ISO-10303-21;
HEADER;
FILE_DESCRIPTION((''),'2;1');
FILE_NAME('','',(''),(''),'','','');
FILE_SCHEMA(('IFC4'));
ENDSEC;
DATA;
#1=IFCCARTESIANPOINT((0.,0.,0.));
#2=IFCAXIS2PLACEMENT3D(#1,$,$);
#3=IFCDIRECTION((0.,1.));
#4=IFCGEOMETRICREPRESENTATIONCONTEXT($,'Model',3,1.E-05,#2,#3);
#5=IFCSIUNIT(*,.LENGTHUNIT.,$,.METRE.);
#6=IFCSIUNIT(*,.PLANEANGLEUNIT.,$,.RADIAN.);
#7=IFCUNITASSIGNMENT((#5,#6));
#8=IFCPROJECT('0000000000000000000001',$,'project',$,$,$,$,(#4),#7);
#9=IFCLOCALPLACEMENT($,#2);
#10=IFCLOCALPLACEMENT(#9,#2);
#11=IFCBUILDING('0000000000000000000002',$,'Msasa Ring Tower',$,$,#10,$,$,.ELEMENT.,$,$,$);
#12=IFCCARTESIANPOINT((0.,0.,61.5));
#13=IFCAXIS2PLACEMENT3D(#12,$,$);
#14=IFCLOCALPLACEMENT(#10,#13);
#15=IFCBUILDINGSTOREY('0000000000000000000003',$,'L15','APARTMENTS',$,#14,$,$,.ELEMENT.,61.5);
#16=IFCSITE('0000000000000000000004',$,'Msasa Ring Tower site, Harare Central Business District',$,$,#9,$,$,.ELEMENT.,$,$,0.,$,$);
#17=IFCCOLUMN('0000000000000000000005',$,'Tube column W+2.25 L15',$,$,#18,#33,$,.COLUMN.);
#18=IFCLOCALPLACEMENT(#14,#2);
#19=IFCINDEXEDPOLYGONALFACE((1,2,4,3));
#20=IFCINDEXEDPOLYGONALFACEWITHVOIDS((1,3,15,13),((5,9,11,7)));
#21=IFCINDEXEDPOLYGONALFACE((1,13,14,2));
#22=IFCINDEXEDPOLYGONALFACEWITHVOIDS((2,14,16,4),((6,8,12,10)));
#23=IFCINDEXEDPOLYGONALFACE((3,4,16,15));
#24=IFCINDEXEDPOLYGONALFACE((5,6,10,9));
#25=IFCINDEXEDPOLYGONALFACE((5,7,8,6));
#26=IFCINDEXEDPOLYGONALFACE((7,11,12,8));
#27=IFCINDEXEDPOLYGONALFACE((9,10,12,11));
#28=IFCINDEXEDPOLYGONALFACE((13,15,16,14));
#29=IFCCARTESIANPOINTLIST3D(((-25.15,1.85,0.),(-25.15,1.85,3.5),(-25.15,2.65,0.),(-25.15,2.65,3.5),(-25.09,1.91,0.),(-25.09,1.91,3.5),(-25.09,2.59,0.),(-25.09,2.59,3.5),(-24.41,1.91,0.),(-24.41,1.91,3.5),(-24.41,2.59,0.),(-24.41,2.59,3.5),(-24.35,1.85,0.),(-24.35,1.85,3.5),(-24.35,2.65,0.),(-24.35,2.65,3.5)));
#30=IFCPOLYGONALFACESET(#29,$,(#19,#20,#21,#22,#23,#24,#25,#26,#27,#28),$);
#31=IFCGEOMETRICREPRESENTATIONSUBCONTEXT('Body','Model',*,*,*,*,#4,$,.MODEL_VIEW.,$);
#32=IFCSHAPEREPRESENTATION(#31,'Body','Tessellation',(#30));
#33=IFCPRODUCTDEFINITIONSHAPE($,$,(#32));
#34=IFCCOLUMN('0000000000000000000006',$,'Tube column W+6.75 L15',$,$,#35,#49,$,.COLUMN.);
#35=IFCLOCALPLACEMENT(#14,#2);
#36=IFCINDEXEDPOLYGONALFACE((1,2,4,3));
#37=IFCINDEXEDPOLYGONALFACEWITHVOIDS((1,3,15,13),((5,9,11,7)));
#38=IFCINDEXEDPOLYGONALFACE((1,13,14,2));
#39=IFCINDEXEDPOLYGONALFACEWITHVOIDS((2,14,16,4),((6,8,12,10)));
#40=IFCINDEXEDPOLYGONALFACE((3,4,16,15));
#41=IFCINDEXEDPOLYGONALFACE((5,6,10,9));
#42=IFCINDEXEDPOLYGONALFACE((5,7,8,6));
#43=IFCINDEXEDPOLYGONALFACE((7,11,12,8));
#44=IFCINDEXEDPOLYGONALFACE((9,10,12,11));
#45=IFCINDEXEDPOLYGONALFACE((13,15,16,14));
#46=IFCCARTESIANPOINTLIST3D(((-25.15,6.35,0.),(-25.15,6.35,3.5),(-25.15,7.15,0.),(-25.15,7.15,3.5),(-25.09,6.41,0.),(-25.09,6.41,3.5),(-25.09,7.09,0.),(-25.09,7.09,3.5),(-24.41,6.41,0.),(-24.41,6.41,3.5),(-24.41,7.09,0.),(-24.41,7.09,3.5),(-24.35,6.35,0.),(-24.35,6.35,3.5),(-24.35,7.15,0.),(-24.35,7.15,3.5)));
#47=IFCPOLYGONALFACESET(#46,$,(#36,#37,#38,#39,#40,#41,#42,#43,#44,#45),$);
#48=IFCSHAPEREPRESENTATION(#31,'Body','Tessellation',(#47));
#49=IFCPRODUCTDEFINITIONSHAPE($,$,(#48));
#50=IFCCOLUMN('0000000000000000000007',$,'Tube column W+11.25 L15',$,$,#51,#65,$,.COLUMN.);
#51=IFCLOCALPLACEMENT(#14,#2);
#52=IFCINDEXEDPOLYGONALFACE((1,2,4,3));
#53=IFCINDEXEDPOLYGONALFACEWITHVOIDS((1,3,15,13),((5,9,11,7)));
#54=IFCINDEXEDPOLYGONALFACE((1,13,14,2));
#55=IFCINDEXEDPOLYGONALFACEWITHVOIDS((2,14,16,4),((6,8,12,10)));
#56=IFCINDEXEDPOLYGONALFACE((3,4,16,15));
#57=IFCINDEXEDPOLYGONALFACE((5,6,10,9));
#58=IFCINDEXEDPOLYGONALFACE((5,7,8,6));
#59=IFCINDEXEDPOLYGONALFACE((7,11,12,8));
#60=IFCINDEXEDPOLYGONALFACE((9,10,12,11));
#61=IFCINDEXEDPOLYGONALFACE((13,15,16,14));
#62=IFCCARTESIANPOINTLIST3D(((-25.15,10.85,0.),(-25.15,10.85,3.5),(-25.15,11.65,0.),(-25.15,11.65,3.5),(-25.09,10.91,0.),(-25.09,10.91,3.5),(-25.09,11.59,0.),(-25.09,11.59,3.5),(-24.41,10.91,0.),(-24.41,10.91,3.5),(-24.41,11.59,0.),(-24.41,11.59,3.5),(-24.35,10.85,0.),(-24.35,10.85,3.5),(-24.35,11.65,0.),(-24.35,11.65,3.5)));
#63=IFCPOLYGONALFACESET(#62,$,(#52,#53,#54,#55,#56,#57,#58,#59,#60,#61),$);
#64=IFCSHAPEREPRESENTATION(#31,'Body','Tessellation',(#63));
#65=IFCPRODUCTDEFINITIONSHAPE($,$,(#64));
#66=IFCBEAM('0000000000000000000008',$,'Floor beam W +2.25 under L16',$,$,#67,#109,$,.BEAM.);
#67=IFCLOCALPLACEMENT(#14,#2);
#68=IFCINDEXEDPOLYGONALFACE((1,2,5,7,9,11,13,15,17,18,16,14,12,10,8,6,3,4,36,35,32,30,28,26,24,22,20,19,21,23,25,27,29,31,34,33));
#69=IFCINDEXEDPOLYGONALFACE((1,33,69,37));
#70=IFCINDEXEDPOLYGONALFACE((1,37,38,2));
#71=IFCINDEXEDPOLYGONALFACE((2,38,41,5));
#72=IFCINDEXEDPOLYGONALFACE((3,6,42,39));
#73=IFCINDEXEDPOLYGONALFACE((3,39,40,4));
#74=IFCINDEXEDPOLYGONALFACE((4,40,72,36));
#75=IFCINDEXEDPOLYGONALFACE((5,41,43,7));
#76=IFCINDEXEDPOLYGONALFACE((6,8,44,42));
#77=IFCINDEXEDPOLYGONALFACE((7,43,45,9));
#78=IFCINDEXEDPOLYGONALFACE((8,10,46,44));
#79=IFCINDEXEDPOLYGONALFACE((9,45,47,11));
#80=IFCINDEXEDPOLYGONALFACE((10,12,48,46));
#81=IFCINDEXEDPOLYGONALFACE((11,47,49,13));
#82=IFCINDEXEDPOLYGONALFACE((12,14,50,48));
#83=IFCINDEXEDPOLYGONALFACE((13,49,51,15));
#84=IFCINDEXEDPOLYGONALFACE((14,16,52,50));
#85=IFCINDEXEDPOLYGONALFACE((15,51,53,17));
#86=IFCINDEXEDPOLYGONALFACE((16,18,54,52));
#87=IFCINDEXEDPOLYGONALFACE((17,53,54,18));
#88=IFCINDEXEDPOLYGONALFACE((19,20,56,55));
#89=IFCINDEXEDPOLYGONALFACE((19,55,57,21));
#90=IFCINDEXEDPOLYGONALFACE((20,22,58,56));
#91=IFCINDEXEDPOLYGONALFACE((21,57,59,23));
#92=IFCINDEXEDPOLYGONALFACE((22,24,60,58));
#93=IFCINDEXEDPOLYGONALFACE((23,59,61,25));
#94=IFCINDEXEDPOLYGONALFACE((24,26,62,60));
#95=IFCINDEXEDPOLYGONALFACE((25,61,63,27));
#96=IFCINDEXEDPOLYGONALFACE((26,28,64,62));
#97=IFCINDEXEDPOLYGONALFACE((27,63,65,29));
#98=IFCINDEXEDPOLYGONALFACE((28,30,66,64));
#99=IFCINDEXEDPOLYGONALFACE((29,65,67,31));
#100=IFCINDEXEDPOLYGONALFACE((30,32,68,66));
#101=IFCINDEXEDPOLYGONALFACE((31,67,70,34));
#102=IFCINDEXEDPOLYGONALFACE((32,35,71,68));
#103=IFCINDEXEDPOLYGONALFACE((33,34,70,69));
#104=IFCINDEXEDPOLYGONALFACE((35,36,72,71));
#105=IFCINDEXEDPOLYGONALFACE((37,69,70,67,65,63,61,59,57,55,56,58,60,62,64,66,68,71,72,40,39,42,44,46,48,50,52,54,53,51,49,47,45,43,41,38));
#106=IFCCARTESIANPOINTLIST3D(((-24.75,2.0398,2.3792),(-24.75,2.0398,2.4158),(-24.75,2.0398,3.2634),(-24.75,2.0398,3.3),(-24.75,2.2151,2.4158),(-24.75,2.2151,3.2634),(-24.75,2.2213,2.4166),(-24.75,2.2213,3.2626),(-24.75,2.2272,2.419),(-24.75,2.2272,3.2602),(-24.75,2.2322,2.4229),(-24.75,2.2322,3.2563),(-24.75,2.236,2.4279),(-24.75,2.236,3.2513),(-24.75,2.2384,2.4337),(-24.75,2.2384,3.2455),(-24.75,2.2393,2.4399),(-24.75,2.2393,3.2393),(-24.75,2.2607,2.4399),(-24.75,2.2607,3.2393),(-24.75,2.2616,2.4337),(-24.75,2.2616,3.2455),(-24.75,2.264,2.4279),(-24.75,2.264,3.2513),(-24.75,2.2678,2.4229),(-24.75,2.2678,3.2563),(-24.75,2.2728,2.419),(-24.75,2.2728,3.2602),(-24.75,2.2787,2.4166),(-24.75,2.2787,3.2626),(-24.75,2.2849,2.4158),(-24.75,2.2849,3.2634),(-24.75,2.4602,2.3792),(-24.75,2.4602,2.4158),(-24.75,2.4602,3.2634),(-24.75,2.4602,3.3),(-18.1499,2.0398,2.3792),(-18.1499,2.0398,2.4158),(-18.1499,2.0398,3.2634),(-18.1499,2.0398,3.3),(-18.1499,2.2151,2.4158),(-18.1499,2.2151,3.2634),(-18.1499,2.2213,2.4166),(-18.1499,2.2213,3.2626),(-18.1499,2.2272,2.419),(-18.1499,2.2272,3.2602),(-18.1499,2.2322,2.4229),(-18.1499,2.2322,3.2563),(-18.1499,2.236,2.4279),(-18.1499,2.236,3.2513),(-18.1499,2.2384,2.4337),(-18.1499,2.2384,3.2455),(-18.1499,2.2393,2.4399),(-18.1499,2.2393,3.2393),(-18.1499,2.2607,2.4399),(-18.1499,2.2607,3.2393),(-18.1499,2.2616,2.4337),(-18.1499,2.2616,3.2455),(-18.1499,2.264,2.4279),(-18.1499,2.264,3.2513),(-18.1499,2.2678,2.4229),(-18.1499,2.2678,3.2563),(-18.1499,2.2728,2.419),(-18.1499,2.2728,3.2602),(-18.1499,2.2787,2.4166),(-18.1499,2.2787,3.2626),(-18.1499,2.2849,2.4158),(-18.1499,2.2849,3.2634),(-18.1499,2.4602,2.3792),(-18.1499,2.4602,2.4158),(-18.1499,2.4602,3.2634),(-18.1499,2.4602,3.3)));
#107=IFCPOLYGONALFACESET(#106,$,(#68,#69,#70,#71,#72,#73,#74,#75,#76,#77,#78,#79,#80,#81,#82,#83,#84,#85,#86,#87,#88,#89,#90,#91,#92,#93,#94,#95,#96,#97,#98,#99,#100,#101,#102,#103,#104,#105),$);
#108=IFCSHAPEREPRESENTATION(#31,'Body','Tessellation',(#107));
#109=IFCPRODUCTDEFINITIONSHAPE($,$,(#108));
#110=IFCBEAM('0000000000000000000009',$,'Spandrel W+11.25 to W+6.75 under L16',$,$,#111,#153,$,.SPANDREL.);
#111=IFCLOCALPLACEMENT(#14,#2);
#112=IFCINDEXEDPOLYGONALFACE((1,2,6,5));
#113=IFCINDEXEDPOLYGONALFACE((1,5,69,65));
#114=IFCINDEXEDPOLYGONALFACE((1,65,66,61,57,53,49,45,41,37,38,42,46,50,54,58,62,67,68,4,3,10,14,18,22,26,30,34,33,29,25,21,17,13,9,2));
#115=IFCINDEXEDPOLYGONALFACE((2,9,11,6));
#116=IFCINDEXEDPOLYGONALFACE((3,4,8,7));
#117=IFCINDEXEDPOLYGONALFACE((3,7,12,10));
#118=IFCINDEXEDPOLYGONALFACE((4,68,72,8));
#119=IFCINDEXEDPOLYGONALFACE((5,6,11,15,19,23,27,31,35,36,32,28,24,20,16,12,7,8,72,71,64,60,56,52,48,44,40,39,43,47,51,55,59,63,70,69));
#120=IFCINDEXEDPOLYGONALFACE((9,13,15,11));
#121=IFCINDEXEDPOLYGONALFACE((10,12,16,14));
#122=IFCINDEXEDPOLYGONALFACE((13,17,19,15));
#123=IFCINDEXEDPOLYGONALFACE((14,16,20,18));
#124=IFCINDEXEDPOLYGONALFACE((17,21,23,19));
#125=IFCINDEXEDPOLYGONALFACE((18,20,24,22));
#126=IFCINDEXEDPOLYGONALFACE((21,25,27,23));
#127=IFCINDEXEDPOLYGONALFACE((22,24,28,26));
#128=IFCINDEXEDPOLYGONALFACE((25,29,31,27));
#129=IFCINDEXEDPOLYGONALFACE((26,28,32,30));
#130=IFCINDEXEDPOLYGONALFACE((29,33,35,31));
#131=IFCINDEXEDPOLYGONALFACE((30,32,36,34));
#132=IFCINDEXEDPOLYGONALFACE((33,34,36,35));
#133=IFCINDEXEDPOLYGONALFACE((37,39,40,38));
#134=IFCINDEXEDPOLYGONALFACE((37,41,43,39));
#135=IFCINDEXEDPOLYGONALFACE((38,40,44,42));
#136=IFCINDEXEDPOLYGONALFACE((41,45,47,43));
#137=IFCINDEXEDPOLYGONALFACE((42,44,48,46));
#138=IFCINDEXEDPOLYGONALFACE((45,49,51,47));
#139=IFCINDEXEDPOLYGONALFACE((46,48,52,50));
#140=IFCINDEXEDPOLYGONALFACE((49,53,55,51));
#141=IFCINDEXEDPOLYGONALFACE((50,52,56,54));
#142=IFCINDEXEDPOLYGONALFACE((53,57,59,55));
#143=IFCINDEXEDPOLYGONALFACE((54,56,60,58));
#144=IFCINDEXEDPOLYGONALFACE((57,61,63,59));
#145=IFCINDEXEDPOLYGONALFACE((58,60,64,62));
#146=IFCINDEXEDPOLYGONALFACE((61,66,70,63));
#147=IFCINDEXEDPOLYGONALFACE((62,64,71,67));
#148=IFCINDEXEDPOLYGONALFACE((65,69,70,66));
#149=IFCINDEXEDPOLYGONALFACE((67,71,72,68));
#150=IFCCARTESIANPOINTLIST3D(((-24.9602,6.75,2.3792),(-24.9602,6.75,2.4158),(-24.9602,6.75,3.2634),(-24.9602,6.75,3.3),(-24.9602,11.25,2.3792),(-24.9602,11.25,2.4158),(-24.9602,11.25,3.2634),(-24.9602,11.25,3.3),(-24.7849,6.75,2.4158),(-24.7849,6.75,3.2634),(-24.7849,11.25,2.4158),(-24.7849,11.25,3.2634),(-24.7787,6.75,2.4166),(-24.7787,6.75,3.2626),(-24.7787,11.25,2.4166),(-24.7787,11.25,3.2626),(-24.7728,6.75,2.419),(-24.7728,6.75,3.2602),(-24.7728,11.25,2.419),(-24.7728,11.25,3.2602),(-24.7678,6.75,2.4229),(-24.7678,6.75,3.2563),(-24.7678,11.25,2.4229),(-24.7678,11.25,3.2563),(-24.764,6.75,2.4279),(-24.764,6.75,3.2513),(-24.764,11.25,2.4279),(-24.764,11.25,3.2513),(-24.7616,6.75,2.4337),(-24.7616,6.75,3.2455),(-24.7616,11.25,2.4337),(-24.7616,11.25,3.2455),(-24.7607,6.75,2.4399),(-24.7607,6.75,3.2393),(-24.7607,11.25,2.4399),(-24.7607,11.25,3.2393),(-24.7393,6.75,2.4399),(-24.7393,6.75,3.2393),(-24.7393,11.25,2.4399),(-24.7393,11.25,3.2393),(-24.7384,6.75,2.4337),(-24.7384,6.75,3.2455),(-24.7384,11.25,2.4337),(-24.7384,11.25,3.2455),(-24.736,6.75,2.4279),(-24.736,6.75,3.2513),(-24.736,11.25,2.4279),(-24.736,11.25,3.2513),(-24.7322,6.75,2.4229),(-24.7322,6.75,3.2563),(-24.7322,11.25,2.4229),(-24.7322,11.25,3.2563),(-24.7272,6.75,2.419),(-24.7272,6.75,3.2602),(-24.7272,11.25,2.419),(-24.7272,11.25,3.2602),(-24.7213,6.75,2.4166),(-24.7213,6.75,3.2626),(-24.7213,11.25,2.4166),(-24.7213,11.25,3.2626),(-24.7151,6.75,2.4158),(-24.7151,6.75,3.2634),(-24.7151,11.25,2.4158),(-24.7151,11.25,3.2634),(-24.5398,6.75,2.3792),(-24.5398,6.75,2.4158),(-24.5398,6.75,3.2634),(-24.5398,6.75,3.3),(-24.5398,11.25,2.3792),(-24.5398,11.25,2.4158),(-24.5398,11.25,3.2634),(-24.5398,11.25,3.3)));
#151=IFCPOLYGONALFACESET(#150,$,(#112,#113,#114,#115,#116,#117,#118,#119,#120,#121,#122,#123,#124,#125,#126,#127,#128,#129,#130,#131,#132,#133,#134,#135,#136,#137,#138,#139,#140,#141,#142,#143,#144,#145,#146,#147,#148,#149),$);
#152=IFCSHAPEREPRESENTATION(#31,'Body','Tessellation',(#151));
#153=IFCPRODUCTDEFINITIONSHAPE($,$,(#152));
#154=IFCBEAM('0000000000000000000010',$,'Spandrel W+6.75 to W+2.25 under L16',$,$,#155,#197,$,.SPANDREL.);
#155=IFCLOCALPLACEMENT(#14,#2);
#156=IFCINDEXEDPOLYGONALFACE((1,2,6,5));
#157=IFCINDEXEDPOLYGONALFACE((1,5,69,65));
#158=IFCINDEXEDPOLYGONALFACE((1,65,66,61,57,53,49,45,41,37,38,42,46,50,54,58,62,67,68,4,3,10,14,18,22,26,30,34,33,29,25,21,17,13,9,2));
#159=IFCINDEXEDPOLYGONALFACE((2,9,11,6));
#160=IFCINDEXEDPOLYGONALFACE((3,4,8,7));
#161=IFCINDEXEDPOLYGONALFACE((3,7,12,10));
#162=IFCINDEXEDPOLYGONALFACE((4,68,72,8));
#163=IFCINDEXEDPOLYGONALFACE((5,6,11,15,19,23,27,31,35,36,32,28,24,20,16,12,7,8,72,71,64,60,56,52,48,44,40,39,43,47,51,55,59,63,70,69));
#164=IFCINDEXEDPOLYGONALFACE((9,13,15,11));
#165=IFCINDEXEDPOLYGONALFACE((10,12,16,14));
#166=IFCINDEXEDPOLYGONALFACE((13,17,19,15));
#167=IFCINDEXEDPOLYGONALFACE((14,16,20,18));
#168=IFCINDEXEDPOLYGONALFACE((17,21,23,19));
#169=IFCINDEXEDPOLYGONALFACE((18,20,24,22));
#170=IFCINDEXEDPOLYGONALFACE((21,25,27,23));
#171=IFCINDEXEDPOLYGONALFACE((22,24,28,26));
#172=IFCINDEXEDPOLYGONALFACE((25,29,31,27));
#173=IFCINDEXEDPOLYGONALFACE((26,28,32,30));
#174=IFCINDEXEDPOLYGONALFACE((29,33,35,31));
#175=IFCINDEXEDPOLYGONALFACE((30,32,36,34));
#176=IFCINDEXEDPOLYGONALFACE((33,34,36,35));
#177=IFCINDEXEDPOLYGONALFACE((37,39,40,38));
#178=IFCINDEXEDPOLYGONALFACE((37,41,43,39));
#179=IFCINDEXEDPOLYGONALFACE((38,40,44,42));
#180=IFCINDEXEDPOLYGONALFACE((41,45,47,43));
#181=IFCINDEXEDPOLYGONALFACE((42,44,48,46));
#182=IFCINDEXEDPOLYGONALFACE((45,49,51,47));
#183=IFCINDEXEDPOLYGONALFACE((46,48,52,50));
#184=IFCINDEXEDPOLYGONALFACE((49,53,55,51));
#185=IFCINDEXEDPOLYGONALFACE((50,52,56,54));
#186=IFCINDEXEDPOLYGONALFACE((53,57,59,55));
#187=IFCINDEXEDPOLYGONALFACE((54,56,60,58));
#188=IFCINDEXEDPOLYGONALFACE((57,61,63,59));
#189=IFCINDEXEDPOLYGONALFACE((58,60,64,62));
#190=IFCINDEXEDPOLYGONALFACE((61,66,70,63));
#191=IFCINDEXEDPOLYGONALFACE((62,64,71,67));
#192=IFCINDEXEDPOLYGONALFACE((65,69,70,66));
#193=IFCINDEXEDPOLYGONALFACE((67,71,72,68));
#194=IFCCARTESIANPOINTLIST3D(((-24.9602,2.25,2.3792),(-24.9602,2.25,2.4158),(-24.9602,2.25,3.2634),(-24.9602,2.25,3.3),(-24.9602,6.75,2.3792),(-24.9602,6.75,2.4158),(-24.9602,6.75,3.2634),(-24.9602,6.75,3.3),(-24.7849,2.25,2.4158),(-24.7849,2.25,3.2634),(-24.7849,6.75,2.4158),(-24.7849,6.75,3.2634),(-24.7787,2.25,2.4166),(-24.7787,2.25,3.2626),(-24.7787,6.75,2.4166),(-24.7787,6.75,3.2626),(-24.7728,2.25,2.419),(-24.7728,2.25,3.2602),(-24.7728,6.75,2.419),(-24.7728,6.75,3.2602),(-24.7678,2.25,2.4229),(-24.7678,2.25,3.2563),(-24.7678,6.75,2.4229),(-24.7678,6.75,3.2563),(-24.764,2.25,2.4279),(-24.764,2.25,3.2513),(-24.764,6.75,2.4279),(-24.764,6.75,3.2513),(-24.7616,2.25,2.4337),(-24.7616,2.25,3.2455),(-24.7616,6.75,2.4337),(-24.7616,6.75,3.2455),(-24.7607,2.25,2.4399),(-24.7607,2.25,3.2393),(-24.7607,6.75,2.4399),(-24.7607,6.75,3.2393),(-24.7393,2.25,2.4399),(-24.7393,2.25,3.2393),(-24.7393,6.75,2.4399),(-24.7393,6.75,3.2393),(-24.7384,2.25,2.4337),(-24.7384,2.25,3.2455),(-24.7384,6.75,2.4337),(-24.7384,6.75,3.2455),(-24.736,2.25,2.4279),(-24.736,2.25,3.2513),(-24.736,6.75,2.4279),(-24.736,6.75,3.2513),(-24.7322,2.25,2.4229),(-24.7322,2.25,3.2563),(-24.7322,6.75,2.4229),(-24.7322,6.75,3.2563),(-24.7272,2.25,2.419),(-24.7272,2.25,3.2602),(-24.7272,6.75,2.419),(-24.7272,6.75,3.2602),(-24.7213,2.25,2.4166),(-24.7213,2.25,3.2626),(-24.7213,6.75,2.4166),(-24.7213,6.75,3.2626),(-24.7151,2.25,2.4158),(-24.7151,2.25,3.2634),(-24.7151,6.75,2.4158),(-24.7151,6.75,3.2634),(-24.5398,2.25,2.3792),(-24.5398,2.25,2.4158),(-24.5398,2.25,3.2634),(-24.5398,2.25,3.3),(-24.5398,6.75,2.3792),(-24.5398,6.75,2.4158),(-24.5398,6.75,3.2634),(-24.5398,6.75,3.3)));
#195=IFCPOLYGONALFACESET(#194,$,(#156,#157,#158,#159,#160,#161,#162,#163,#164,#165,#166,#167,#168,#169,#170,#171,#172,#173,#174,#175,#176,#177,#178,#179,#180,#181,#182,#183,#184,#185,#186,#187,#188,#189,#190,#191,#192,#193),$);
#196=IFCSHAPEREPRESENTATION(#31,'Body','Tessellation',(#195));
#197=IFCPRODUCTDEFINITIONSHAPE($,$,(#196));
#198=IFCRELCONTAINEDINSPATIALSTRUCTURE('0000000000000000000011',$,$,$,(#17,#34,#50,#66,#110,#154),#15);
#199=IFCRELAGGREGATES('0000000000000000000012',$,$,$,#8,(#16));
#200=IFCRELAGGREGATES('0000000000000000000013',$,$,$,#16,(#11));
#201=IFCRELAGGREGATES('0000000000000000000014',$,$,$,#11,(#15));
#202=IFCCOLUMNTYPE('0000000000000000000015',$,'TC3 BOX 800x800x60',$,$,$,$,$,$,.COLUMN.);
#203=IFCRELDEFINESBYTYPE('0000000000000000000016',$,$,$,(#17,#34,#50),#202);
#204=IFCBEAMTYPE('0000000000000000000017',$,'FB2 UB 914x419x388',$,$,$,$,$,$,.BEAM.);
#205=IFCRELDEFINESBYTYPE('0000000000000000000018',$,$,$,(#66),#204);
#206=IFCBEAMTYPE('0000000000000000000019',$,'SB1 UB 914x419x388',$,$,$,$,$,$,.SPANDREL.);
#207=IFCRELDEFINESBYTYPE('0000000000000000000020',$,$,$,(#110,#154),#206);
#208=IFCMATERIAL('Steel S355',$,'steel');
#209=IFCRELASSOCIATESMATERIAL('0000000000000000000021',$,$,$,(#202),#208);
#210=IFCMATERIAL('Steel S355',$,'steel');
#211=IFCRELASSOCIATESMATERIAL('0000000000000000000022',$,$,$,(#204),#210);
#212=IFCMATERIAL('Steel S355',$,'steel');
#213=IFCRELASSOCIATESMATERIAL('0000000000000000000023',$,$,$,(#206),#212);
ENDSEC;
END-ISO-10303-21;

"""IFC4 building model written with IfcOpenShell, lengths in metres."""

from ifc_helpers import new_model, si_unit, direction, frame, origin, origin_2d, place, context, subcontext, project, spatial, hollow_rectangle, i_section, extrude, material, material_profile, profile_set, type_object, element, save


model = new_model("IFC4")

# Units and contexts
model_context = context("Model", 3, precision=1e-05, world=origin(), true_north=direction((0.0, 1.0)))
body_context = subcontext(model_context, "Body", "Model", "MODEL_VIEW")
ifc_project = project(units=[si_unit("LENGTHUNIT", "METRE"), si_unit("PLANEANGLEUNIT", "RADIAN")], contexts=[model_context])

# Site, building, storey
site_placement = place(None, origin())
site = spatial("IfcSite", under=ifc_project, at=site_placement, Name="Msasa Ring Tower site, Harare Central Business District", CompositionType="ELEMENT", RefElevation=0.0)
building_placement = place(site_placement, origin())
building = spatial("IfcBuilding", under=site, at=building_placement, Name="Msasa Ring Tower", CompositionType="ELEMENT")
storey_placement = place(building_placement, frame((0.0, 0.0, 61.5)))
storey = spatial("IfcBuildingStorey", under=building, at=storey_placement, Name="L15", Description="APARTMENTS", CompositionType="ELEMENT", Elevation=61.5)

# Columns
ifc_material_1 = material(Name="Steel S355", Category="steel")
ifc_material_profile_1 = material_profile(ifc_material_1, hollow_rectangle(XDim=0.8, YDim=0.8, WallThickness=0.0601, at=origin_2d()), Name="BOX 800x800x60")
ifc_profile_set_1 = profile_set([ifc_material_profile_1], Name="Steel S355")
column_type = type_object("IfcColumnType", Name="TC3 BOX 800x800x60", PredefinedType="COLUMN", material=ifc_profile_set_1)
for number, where, z_axis, x_axis, name in (
    (1, (-24.75, 2.25, 0.0), (0.0, 0.0, 1.0), (1.0, 0.0, 0.0), "Tube column W+2.25 L15"),
    (2, (-24.75, 6.75, 0.0), (0.0, 0.0, 1.0), (1.0, 0.0, 0.0), "Tube column W+6.75 L15"),
    (3, (-24.75, 11.25, 0.0), (0.0, 0.0, 1.0), (1.0, 0.0, 0.0), "Tube column W+11.25 L15"),
):
    element("IfcColumn", number, at=place(storey_placement, frame(where, z_axis=z_axis, x_axis=x_axis)), inside=storey, type_object=column_type, Name=name, PredefinedType="COLUMN", context=body_context, shape_type="SweptSolid", body=[
        extrude(hollow_rectangle(XDim=0.8, YDim=0.8, WallThickness=0.0601, at=origin_2d()), origin(), (0.0, 0.0, 1.0), 3.5),
    ])

# Beams
ifc_material_2 = material(Name="Steel S355", Category="steel")
ifc_material_profile_2 = material_profile(ifc_material_2, i_section(OverallWidth=0.4204, OverallDepth=0.9209, WebThickness=0.0215, FlangeThickness=0.0366, FilletRadius=0.0242, at=origin_2d()), Name="UB 914x419x388")
ifc_profile_set_2 = profile_set([ifc_material_profile_2], Name="Steel S355")
beam_type_1 = type_object("IfcBeamType", Name="FB2 UB 914x419x388", PredefinedType="BEAM", material=ifc_profile_set_2)
beam_placement = place(storey_placement, frame((-24.75, 2.25, 2.8396), z_axis=(1.0, 0.0, 0.0), x_axis=(0.0, 1.0, 0.0)))
element("IfcBeam", 4, at=beam_placement, inside=storey, type_object=beam_type_1, Name="Floor beam W +2.25 under L16", PredefinedType="BEAM", context=body_context, shape_type="SweptSolid", body=[
    extrude(i_section(OverallWidth=0.4204, OverallDepth=0.9209, WebThickness=0.0215, FlangeThickness=0.0366, FilletRadius=0.0242, at=origin_2d()), origin(), (0.0, 0.0, 1.0), 6.6001),
])
ifc_material_3 = material(Name="Steel S355", Category="steel")
ifc_material_profile_3 = material_profile(ifc_material_3, i_section(OverallWidth=0.4204, OverallDepth=0.9209, WebThickness=0.0215, FlangeThickness=0.0366, FilletRadius=0.0242, at=origin_2d()), Name="UB 914x419x388")
ifc_profile_set_3 = profile_set([ifc_material_profile_3], Name="Steel S355")
beam_type_2 = type_object("IfcBeamType", Name="SB1 UB 914x419x388", PredefinedType="SPANDREL", material=ifc_profile_set_3)
for number, where, z_axis, x_axis, name in (
    (5, (-24.75, 11.25, 2.8396), (0.0, -1.0, 0.0), (1.0, 0.0, 0.0), "Spandrel W+11.25 to W+6.75 under L16"),
    (6, (-24.75, 6.75, 2.8396), (0.0, -1.0, 0.0), (1.0, 0.0, 0.0), "Spandrel W+6.75 to W+2.25 under L16"),
):
    element("IfcBeam", number, at=place(storey_placement, frame(where, z_axis=z_axis, x_axis=x_axis)), inside=storey, type_object=beam_type_2, Name=name, PredefinedType="SPANDREL", context=body_context, shape_type="SweptSolid", body=[
        extrude(i_section(OverallWidth=0.4204, OverallDepth=0.9209, WebThickness=0.0215, FlangeThickness=0.0366, FilletRadius=0.0242, at=origin_2d()), origin(), (0.0, 0.0, 1.0), 4.5),
    ])

save(model, "model.ifc")
